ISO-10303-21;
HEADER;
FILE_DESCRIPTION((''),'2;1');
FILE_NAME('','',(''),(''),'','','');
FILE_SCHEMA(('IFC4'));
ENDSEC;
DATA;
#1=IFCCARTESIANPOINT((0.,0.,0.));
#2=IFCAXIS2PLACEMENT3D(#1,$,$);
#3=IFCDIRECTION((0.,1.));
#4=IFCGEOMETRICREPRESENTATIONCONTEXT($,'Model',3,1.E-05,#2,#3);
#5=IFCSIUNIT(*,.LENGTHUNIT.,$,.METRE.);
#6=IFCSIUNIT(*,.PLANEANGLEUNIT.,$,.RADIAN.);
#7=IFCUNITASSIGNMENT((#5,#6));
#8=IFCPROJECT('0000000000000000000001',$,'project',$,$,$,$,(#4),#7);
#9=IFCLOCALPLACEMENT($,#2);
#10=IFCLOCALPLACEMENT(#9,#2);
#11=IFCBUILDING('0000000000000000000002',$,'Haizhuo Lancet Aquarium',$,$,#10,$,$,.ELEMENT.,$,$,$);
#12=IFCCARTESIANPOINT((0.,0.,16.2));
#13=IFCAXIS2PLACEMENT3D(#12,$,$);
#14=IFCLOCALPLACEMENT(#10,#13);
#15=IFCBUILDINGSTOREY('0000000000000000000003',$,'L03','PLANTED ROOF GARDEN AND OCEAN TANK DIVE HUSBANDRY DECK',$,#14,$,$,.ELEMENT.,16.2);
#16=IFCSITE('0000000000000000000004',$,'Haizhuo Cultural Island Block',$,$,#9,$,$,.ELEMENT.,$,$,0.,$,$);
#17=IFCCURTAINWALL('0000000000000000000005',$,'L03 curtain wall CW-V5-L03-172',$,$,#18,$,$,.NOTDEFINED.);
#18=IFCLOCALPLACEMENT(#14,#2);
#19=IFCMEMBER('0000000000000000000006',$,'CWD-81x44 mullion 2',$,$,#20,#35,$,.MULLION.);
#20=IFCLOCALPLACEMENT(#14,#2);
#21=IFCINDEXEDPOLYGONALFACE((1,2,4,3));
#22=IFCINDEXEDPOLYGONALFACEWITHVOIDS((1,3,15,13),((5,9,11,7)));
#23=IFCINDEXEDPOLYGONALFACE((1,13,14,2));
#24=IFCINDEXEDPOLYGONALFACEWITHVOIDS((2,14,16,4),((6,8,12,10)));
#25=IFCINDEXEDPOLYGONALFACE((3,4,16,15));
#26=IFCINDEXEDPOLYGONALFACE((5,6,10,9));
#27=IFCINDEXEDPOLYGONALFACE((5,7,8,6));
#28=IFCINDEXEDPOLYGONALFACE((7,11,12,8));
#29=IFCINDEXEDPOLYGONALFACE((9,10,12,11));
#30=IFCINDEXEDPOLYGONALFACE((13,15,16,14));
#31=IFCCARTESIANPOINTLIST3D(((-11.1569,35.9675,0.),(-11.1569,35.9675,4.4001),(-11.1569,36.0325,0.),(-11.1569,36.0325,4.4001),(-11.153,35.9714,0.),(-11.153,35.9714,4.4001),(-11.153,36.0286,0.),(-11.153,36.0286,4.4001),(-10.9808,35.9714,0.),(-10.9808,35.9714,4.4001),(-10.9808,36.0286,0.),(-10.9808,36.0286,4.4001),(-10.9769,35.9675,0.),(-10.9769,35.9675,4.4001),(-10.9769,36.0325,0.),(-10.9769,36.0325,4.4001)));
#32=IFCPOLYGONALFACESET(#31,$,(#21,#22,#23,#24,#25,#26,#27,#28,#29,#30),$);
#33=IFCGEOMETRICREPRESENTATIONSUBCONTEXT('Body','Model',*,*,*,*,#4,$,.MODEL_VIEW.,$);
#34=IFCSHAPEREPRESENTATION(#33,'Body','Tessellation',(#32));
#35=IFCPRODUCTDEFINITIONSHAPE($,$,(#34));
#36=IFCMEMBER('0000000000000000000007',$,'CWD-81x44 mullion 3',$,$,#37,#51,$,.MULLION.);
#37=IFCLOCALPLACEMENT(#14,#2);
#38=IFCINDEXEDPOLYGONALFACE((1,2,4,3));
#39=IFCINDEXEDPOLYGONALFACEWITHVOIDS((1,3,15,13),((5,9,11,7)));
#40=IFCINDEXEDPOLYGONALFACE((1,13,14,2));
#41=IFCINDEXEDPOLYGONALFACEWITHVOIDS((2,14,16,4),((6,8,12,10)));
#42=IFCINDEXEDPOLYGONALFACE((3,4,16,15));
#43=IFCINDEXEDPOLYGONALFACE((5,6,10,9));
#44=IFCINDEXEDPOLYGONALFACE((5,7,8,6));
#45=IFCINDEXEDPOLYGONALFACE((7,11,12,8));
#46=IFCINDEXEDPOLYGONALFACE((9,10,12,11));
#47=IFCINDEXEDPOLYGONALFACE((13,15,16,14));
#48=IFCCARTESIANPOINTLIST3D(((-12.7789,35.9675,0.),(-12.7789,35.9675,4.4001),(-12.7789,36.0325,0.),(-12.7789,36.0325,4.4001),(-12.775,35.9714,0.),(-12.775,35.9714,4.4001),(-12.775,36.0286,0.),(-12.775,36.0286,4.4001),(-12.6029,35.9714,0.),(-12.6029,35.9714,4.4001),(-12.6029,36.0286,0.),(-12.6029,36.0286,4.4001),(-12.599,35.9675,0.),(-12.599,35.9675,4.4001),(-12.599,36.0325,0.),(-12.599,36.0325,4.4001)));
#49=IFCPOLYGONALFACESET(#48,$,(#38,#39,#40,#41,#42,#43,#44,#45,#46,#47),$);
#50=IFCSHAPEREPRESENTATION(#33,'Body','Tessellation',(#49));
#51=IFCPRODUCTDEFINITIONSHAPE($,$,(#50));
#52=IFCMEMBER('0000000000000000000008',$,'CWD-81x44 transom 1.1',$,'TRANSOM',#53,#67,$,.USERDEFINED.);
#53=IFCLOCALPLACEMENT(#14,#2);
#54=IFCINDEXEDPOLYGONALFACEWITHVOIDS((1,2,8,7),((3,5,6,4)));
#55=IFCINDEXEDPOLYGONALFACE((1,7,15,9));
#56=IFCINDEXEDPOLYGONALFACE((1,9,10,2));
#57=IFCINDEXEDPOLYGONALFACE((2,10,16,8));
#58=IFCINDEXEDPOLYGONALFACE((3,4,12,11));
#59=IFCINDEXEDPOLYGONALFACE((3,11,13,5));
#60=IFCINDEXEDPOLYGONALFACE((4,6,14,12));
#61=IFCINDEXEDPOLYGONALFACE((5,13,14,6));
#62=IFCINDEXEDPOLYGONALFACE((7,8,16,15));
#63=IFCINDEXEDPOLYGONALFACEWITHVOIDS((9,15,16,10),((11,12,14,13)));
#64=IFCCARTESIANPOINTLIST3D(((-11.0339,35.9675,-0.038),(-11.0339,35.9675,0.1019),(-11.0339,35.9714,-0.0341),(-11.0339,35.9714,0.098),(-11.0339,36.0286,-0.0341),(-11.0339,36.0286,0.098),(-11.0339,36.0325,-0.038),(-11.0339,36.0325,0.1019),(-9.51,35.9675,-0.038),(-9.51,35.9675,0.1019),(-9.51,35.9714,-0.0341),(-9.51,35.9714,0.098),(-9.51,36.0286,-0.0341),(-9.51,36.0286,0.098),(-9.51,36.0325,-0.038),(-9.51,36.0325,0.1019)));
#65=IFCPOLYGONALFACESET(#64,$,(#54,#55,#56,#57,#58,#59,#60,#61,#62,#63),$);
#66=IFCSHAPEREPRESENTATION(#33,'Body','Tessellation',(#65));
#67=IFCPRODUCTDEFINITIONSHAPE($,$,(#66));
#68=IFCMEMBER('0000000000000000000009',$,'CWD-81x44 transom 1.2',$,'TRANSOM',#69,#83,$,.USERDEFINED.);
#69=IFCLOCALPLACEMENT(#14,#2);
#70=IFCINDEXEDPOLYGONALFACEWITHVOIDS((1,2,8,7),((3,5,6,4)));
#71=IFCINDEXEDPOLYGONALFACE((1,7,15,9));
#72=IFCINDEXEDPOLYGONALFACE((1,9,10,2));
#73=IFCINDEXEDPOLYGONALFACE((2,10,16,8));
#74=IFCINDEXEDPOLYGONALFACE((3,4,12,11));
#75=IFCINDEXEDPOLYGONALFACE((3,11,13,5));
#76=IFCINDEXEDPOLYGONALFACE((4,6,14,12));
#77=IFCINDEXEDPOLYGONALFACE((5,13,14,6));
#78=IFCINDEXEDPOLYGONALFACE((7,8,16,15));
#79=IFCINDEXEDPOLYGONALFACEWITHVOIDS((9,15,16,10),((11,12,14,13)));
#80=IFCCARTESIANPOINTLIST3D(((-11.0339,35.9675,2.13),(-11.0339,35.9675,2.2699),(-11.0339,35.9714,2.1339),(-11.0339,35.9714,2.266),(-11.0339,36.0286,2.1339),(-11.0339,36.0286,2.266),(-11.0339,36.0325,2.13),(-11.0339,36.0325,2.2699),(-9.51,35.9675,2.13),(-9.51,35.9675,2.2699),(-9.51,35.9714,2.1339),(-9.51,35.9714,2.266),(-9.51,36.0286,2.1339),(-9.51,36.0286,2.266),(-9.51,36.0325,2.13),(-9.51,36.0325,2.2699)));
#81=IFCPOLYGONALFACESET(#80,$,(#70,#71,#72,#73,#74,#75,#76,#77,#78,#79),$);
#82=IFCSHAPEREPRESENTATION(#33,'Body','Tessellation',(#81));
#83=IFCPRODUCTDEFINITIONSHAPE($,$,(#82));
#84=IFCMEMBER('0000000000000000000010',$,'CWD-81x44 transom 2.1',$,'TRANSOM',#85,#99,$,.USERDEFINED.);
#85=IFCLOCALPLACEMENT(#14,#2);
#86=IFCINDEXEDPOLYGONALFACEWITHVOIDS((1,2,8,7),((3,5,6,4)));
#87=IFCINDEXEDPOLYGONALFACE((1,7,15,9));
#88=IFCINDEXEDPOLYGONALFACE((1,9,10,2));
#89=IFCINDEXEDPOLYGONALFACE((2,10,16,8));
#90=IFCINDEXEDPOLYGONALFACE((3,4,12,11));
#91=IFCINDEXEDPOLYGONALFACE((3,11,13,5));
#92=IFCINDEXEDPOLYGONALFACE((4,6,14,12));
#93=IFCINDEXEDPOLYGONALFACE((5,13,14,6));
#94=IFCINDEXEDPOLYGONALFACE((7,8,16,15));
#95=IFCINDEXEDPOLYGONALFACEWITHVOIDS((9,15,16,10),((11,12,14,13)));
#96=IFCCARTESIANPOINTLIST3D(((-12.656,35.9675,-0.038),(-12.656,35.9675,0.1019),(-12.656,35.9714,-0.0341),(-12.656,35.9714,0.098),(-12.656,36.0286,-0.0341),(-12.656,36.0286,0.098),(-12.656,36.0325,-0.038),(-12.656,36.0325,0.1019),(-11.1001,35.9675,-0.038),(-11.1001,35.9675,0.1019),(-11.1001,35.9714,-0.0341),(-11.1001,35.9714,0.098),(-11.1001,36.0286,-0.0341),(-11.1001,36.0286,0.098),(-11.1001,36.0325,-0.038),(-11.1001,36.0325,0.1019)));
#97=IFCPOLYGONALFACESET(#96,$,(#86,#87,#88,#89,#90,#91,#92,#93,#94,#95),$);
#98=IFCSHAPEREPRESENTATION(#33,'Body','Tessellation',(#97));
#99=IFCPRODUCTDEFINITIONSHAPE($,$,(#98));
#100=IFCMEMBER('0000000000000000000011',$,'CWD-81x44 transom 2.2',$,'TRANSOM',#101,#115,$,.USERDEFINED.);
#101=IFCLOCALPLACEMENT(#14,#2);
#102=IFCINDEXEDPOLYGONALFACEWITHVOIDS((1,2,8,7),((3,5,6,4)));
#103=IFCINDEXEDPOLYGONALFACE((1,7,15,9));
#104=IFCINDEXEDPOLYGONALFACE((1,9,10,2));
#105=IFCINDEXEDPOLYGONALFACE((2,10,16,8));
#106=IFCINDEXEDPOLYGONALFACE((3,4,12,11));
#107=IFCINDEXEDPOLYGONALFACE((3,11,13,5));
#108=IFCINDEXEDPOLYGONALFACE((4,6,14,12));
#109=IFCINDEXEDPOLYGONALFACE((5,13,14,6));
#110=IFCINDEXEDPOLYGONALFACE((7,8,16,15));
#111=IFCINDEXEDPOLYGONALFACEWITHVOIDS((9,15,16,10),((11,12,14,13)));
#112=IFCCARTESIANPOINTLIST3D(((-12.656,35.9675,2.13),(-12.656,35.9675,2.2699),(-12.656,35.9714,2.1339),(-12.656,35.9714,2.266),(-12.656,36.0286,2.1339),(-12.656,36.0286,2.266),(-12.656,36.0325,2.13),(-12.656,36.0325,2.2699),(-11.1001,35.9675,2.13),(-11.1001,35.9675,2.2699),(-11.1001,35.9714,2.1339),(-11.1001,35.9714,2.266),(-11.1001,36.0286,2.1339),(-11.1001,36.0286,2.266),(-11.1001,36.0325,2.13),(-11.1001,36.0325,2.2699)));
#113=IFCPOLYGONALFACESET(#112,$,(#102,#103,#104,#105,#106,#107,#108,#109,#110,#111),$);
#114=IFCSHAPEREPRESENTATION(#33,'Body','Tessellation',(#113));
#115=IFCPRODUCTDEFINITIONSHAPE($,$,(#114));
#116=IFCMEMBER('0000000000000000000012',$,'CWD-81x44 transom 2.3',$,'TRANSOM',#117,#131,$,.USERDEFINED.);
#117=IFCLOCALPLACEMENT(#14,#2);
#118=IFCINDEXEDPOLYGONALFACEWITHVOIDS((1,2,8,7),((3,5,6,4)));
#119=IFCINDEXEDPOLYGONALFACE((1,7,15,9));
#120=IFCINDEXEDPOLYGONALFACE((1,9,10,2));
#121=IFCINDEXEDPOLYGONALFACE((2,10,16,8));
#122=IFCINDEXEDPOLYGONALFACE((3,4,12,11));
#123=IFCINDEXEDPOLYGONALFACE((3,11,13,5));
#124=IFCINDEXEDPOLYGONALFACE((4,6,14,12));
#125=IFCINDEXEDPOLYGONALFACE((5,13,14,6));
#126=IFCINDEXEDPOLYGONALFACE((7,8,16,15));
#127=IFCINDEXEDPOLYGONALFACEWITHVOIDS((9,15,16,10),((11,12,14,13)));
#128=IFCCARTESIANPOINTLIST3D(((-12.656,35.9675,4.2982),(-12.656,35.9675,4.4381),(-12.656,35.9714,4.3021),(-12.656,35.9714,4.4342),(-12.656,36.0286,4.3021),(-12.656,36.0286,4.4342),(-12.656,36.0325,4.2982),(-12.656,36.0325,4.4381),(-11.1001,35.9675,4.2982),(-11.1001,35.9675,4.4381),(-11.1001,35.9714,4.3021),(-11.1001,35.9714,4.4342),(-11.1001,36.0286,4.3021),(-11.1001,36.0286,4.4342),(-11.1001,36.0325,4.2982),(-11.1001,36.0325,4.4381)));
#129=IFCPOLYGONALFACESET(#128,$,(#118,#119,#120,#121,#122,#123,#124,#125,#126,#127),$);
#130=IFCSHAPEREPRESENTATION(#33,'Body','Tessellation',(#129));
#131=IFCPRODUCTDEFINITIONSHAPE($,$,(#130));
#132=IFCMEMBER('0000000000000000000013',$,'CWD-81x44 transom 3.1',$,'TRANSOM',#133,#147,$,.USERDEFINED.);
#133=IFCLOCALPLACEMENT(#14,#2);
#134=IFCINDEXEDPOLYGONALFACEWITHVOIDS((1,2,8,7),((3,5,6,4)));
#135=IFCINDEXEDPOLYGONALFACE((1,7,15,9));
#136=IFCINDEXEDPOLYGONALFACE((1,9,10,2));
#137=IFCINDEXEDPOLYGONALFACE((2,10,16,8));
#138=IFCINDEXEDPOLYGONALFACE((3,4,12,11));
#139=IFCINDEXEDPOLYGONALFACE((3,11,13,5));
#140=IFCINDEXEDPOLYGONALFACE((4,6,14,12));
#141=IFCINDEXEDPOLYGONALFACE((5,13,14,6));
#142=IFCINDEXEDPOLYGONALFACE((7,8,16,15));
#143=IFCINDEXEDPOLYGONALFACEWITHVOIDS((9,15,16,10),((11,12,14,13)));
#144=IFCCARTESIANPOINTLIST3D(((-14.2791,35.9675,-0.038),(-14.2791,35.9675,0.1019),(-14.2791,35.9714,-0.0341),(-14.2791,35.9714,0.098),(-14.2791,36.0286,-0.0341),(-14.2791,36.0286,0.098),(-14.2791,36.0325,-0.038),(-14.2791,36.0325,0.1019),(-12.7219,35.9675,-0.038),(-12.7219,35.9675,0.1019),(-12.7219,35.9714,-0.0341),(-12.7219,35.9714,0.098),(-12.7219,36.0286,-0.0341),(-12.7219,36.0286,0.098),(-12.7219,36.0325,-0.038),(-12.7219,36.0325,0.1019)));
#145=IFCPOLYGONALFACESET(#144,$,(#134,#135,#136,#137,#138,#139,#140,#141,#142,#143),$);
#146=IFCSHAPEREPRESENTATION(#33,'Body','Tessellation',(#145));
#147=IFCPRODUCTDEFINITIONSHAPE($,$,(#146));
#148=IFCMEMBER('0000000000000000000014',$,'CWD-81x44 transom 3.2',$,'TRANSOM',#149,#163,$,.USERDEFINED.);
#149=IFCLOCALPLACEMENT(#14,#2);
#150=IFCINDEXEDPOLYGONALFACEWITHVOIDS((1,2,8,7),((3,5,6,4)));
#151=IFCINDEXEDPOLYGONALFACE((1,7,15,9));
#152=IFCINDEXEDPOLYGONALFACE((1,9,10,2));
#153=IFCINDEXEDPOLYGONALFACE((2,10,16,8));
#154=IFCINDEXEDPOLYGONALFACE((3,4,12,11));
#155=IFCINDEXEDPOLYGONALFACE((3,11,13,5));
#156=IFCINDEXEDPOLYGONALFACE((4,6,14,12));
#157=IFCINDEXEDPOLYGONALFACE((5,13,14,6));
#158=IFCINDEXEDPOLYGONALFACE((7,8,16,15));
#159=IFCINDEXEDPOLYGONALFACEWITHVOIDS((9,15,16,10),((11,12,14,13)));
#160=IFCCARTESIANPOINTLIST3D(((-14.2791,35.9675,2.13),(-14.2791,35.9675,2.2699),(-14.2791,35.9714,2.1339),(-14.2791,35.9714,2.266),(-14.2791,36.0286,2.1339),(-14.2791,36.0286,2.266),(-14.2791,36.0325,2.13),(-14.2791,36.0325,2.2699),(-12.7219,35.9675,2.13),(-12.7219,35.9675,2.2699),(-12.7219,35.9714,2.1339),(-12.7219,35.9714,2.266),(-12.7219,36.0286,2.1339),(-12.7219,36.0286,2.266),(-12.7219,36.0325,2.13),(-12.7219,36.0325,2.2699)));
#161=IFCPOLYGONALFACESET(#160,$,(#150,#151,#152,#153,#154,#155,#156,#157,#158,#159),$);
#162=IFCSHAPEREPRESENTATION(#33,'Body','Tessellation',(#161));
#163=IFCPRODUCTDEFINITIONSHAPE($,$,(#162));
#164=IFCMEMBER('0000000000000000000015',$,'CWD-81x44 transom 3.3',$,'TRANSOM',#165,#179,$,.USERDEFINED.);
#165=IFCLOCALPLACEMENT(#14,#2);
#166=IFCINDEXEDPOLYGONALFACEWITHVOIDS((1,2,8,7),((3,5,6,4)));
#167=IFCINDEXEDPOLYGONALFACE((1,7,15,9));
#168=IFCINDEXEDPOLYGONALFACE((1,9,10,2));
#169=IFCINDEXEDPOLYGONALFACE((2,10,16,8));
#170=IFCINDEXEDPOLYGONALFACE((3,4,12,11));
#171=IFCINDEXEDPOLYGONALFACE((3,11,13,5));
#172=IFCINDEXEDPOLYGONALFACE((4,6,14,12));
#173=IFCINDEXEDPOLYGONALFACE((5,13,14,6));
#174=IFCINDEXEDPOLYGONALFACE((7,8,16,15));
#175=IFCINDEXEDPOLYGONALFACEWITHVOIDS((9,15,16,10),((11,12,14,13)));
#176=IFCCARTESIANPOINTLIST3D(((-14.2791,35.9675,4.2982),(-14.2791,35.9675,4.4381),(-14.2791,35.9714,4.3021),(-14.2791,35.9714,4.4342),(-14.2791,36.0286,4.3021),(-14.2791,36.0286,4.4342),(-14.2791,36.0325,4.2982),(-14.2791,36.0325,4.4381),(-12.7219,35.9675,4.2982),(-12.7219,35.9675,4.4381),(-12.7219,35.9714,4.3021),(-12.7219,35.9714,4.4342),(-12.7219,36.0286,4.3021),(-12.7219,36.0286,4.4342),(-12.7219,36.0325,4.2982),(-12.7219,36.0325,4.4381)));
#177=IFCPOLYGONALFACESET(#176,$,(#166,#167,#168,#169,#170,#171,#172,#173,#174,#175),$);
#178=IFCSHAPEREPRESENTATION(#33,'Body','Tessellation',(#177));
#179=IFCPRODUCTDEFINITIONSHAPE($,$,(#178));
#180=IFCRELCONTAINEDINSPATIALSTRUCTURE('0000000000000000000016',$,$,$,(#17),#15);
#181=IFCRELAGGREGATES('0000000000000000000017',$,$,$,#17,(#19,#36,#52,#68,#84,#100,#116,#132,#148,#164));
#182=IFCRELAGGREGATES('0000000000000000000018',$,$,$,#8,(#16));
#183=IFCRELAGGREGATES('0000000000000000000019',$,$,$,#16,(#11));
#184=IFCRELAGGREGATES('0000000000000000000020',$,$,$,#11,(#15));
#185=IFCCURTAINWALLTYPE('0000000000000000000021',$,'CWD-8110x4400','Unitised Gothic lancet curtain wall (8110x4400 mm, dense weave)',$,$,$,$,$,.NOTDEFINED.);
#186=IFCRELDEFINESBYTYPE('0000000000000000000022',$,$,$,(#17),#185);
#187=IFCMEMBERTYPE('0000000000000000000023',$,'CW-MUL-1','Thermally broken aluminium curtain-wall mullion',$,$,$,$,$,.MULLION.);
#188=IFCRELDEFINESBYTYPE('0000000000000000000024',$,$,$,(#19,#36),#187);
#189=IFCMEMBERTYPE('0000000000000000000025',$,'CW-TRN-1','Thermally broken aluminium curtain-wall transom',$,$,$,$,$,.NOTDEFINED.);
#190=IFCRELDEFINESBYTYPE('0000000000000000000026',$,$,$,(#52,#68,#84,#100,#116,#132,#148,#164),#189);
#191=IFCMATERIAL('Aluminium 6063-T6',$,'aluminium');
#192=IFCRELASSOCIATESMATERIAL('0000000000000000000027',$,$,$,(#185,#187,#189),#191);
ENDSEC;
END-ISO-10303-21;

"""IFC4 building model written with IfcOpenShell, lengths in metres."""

from ifc_helpers import new_model, si_unit, direction, frame, origin, origin_2d, place, context, subcontext, project, spatial, hollow_rectangle, extrude, material, material_profile, profile_set, type_object, element, aggregate, save


model = new_model("IFC4")

# Units and contexts
model_context = context("Model", 3, precision=1e-05, world=origin(), true_north=direction((0.0, 1.0)))
body_context = subcontext(model_context, "Body", "Model", "MODEL_VIEW")
ifc_project = project(units=[si_unit("LENGTHUNIT", "METRE"), si_unit("PLANEANGLEUNIT", "RADIAN")], contexts=[model_context])

# Site, building, storey
site_placement = place(None, origin())
site = spatial("IfcSite", under=ifc_project, at=site_placement, Name="Haizhuo Cultural Island Block", CompositionType="ELEMENT", RefElevation=0.0)
building_placement = place(site_placement, origin())
building = spatial("IfcBuilding", under=site, at=building_placement, Name="Haizhuo Lancet Aquarium", CompositionType="ELEMENT")
storey_placement = place(building_placement, frame((0.0, 0.0, 16.2)))
storey = spatial("IfcBuildingStorey", under=building, at=storey_placement, Name="L03", Description="PLANTED ROOF GARDEN AND OCEAN TANK DIVE HUSBANDRY DECK", CompositionType="ELEMENT", Elevation=16.2)

# Curtain wall, members
ifc_material_1 = material(Name="Aluminium 6063-T6", Category="aluminium")
curtain_wall_type = type_object("IfcCurtainWallType", Name="CWD-8110x4400", Description="Unitised Gothic lancet curtain wall (8110x4400 mm, dense weave)", PredefinedType="NOTDEFINED", material=ifc_material_1)
curtain_wall_placement = place(storey_placement, origin())
curtain_wall = element("IfcCurtainWall", 1, at=curtain_wall_placement, inside=storey, type_object=curtain_wall_type, Name="L03 curtain wall CW-V5-L03-172", PredefinedType="NOTDEFINED")
ifc_material_profile_1 = material_profile(ifc_material_1, hollow_rectangle(XDim=0.0649, YDim=0.1799, WallThickness=0.0039, at=origin_2d()), Name="ALU-M 65x180x4")
ifc_profile_set_1 = profile_set([ifc_material_profile_1], Name="Aluminium 6063-T6")
member_type_1 = type_object("IfcMemberType", Name="CW-MUL-1", Description="Thermally broken aluminium curtain-wall mullion", PredefinedType="MULLION", material=ifc_profile_set_1)
member_1_placement = place(storey_placement, frame((-11.0669, 36.0, 0.0), z_axis=(0.0, 0.0, 1.0), x_axis=(0.0, -1.0, 0.0)))
member_1 = element("IfcMember", 2, at=member_1_placement, type_object=member_type_1, Name="CWD-81x44 mullion 2", PredefinedType="MULLION", context=body_context, shape_type="SweptSolid", body=[
    extrude(hollow_rectangle(XDim=0.0649, YDim=0.1799, WallThickness=0.0039, at=origin_2d()), origin(), (0.0, 0.0, 1.0), 4.4001),
])
member_2_placement = place(storey_placement, frame((-12.689, 36.0, 0.0), z_axis=(0.0, 0.0, 1.0), x_axis=(0.0, -1.0, 0.0)))
member_2 = element("IfcMember", 3, at=member_2_placement, type_object=member_type_1, Name="CWD-81x44 mullion 3", PredefinedType="MULLION", context=body_context, shape_type="SweptSolid", body=[
    extrude(hollow_rectangle(XDim=0.0649, YDim=0.1799, WallThickness=0.0039, at=origin_2d()), origin(), (0.0, 0.0, 1.0), 4.4001),
])
ifc_material_profile_2 = material_profile(ifc_material_1, hollow_rectangle(XDim=0.0649, YDim=0.1399, WallThickness=0.0039, at=origin_2d()), Name="ALU-T 65x140x4")
ifc_profile_set_2 = profile_set([ifc_material_profile_2], Name="Aluminium 6063-T6")
member_type_2 = type_object("IfcMemberType", Name="CW-TRN-1", Description="Thermally broken aluminium curtain-wall transom", PredefinedType="NOTDEFINED", material=ifc_profile_set_2)
member_3_placement = place(storey_placement, frame((-9.51, 36.0, 0.032), z_axis=(-1.0, 0.0, 0.0), x_axis=(0.0, -1.0, 0.0)))
member_3 = element("IfcMember", 4, at=member_3_placement, type_object=member_type_2, Name="CWD-81x44 transom 1.1", ObjectType="TRANSOM", PredefinedType="USERDEFINED", context=body_context, shape_type="SweptSolid", body=[
    extrude(hollow_rectangle(XDim=0.0649, YDim=0.1399, WallThickness=0.0039, at=origin_2d()), origin(), (0.0, 0.0, 1.0), 1.5239),
])
member_4_placement = place(storey_placement, frame((-9.51, 36.0, 2.2), z_axis=(-1.0, 0.0, 0.0), x_axis=(0.0, -1.0, 0.0)))
member_4 = element("IfcMember", 5, at=member_4_placement, type_object=member_type_2, Name="CWD-81x44 transom 1.2", ObjectType="TRANSOM", PredefinedType="USERDEFINED", context=body_context, shape_type="SweptSolid", body=[
    extrude(hollow_rectangle(XDim=0.0649, YDim=0.1399, WallThickness=0.0039, at=origin_2d()), origin(), (0.0, 0.0, 1.0), 1.5239),
])
member_5_placement = place(storey_placement, frame((-11.1001, 36.0, 0.032), z_axis=(-1.0, 0.0, 0.0), x_axis=(0.0, -1.0, 0.0)))
member_5 = element("IfcMember", 6, at=member_5_placement, type_object=member_type_2, Name="CWD-81x44 transom 2.1", ObjectType="TRANSOM", PredefinedType="USERDEFINED", context=body_context, shape_type="SweptSolid", body=[
    extrude(hollow_rectangle(XDim=0.0649, YDim=0.1399, WallThickness=0.0039, at=origin_2d()), origin(), (0.0, 0.0, 1.0), 1.5559),
])
member_6_placement = place(storey_placement, frame((-11.1001, 36.0, 2.2), z_axis=(-1.0, 0.0, 0.0), x_axis=(0.0, -1.0, 0.0)))
member_6 = element("IfcMember", 7, at=member_6_placement, type_object=member_type_2, Name="CWD-81x44 transom 2.2", ObjectType="TRANSOM", PredefinedType="USERDEFINED", context=body_context, shape_type="SweptSolid", body=[
    extrude(hollow_rectangle(XDim=0.0649, YDim=0.1399, WallThickness=0.0039, at=origin_2d()), origin(), (0.0, 0.0, 1.0), 1.5559),
])
member_7_placement = place(storey_placement, frame((-11.1001, 36.0, 4.3682), z_axis=(-1.0, 0.0, 0.0), x_axis=(0.0, -1.0, 0.0)))
member_7 = element("IfcMember", 8, at=member_7_placement, type_object=member_type_2, Name="CWD-81x44 transom 2.3", ObjectType="TRANSOM", PredefinedType="USERDEFINED", context=body_context, shape_type="SweptSolid", body=[
    extrude(hollow_rectangle(XDim=0.0649, YDim=0.1399, WallThickness=0.0039, at=origin_2d()), origin(), (0.0, 0.0, 1.0), 1.5559),
])
member_8_placement = place(storey_placement, frame((-12.7219, 36.0, 0.032), z_axis=(-1.0, 0.0, 0.0), x_axis=(0.0, -1.0, 0.0)))
member_8 = element("IfcMember", 9, at=member_8_placement, type_object=member_type_2, Name="CWD-81x44 transom 3.1", ObjectType="TRANSOM", PredefinedType="USERDEFINED", context=body_context, shape_type="SweptSolid", body=[
    extrude(hollow_rectangle(XDim=0.0649, YDim=0.1399, WallThickness=0.0039, at=origin_2d()), origin(), (0.0, 0.0, 1.0), 1.5571),
])
member_9_placement = place(storey_placement, frame((-12.7219, 36.0, 2.2), z_axis=(-1.0, 0.0, 0.0), x_axis=(0.0, -1.0, 0.0)))
member_9 = element("IfcMember", 10, at=member_9_placement, type_object=member_type_2, Name="CWD-81x44 transom 3.2", ObjectType="TRANSOM", PredefinedType="USERDEFINED", context=body_context, shape_type="SweptSolid", body=[
    extrude(hollow_rectangle(XDim=0.0649, YDim=0.1399, WallThickness=0.0039, at=origin_2d()), origin(), (0.0, 0.0, 1.0), 1.5571),
])
member_10_placement = place(storey_placement, frame((-12.7219, 36.0, 4.3682), z_axis=(-1.0, 0.0, 0.0), x_axis=(0.0, -1.0, 0.0)))
member_10 = element("IfcMember", 11, at=member_10_placement, type_object=member_type_2, Name="CWD-81x44 transom 3.3", ObjectType="TRANSOM", PredefinedType="USERDEFINED", context=body_context, shape_type="SweptSolid", body=[
    extrude(hollow_rectangle(XDim=0.0649, YDim=0.1399, WallThickness=0.0039, at=origin_2d()), origin(), (0.0, 0.0, 1.0), 1.5571),
])

aggregate(curtain_wall, [member_1, member_2, member_3, member_4, member_5, member_6, member_7, member_8, member_9, member_10])

save(model, "model.ifc")
